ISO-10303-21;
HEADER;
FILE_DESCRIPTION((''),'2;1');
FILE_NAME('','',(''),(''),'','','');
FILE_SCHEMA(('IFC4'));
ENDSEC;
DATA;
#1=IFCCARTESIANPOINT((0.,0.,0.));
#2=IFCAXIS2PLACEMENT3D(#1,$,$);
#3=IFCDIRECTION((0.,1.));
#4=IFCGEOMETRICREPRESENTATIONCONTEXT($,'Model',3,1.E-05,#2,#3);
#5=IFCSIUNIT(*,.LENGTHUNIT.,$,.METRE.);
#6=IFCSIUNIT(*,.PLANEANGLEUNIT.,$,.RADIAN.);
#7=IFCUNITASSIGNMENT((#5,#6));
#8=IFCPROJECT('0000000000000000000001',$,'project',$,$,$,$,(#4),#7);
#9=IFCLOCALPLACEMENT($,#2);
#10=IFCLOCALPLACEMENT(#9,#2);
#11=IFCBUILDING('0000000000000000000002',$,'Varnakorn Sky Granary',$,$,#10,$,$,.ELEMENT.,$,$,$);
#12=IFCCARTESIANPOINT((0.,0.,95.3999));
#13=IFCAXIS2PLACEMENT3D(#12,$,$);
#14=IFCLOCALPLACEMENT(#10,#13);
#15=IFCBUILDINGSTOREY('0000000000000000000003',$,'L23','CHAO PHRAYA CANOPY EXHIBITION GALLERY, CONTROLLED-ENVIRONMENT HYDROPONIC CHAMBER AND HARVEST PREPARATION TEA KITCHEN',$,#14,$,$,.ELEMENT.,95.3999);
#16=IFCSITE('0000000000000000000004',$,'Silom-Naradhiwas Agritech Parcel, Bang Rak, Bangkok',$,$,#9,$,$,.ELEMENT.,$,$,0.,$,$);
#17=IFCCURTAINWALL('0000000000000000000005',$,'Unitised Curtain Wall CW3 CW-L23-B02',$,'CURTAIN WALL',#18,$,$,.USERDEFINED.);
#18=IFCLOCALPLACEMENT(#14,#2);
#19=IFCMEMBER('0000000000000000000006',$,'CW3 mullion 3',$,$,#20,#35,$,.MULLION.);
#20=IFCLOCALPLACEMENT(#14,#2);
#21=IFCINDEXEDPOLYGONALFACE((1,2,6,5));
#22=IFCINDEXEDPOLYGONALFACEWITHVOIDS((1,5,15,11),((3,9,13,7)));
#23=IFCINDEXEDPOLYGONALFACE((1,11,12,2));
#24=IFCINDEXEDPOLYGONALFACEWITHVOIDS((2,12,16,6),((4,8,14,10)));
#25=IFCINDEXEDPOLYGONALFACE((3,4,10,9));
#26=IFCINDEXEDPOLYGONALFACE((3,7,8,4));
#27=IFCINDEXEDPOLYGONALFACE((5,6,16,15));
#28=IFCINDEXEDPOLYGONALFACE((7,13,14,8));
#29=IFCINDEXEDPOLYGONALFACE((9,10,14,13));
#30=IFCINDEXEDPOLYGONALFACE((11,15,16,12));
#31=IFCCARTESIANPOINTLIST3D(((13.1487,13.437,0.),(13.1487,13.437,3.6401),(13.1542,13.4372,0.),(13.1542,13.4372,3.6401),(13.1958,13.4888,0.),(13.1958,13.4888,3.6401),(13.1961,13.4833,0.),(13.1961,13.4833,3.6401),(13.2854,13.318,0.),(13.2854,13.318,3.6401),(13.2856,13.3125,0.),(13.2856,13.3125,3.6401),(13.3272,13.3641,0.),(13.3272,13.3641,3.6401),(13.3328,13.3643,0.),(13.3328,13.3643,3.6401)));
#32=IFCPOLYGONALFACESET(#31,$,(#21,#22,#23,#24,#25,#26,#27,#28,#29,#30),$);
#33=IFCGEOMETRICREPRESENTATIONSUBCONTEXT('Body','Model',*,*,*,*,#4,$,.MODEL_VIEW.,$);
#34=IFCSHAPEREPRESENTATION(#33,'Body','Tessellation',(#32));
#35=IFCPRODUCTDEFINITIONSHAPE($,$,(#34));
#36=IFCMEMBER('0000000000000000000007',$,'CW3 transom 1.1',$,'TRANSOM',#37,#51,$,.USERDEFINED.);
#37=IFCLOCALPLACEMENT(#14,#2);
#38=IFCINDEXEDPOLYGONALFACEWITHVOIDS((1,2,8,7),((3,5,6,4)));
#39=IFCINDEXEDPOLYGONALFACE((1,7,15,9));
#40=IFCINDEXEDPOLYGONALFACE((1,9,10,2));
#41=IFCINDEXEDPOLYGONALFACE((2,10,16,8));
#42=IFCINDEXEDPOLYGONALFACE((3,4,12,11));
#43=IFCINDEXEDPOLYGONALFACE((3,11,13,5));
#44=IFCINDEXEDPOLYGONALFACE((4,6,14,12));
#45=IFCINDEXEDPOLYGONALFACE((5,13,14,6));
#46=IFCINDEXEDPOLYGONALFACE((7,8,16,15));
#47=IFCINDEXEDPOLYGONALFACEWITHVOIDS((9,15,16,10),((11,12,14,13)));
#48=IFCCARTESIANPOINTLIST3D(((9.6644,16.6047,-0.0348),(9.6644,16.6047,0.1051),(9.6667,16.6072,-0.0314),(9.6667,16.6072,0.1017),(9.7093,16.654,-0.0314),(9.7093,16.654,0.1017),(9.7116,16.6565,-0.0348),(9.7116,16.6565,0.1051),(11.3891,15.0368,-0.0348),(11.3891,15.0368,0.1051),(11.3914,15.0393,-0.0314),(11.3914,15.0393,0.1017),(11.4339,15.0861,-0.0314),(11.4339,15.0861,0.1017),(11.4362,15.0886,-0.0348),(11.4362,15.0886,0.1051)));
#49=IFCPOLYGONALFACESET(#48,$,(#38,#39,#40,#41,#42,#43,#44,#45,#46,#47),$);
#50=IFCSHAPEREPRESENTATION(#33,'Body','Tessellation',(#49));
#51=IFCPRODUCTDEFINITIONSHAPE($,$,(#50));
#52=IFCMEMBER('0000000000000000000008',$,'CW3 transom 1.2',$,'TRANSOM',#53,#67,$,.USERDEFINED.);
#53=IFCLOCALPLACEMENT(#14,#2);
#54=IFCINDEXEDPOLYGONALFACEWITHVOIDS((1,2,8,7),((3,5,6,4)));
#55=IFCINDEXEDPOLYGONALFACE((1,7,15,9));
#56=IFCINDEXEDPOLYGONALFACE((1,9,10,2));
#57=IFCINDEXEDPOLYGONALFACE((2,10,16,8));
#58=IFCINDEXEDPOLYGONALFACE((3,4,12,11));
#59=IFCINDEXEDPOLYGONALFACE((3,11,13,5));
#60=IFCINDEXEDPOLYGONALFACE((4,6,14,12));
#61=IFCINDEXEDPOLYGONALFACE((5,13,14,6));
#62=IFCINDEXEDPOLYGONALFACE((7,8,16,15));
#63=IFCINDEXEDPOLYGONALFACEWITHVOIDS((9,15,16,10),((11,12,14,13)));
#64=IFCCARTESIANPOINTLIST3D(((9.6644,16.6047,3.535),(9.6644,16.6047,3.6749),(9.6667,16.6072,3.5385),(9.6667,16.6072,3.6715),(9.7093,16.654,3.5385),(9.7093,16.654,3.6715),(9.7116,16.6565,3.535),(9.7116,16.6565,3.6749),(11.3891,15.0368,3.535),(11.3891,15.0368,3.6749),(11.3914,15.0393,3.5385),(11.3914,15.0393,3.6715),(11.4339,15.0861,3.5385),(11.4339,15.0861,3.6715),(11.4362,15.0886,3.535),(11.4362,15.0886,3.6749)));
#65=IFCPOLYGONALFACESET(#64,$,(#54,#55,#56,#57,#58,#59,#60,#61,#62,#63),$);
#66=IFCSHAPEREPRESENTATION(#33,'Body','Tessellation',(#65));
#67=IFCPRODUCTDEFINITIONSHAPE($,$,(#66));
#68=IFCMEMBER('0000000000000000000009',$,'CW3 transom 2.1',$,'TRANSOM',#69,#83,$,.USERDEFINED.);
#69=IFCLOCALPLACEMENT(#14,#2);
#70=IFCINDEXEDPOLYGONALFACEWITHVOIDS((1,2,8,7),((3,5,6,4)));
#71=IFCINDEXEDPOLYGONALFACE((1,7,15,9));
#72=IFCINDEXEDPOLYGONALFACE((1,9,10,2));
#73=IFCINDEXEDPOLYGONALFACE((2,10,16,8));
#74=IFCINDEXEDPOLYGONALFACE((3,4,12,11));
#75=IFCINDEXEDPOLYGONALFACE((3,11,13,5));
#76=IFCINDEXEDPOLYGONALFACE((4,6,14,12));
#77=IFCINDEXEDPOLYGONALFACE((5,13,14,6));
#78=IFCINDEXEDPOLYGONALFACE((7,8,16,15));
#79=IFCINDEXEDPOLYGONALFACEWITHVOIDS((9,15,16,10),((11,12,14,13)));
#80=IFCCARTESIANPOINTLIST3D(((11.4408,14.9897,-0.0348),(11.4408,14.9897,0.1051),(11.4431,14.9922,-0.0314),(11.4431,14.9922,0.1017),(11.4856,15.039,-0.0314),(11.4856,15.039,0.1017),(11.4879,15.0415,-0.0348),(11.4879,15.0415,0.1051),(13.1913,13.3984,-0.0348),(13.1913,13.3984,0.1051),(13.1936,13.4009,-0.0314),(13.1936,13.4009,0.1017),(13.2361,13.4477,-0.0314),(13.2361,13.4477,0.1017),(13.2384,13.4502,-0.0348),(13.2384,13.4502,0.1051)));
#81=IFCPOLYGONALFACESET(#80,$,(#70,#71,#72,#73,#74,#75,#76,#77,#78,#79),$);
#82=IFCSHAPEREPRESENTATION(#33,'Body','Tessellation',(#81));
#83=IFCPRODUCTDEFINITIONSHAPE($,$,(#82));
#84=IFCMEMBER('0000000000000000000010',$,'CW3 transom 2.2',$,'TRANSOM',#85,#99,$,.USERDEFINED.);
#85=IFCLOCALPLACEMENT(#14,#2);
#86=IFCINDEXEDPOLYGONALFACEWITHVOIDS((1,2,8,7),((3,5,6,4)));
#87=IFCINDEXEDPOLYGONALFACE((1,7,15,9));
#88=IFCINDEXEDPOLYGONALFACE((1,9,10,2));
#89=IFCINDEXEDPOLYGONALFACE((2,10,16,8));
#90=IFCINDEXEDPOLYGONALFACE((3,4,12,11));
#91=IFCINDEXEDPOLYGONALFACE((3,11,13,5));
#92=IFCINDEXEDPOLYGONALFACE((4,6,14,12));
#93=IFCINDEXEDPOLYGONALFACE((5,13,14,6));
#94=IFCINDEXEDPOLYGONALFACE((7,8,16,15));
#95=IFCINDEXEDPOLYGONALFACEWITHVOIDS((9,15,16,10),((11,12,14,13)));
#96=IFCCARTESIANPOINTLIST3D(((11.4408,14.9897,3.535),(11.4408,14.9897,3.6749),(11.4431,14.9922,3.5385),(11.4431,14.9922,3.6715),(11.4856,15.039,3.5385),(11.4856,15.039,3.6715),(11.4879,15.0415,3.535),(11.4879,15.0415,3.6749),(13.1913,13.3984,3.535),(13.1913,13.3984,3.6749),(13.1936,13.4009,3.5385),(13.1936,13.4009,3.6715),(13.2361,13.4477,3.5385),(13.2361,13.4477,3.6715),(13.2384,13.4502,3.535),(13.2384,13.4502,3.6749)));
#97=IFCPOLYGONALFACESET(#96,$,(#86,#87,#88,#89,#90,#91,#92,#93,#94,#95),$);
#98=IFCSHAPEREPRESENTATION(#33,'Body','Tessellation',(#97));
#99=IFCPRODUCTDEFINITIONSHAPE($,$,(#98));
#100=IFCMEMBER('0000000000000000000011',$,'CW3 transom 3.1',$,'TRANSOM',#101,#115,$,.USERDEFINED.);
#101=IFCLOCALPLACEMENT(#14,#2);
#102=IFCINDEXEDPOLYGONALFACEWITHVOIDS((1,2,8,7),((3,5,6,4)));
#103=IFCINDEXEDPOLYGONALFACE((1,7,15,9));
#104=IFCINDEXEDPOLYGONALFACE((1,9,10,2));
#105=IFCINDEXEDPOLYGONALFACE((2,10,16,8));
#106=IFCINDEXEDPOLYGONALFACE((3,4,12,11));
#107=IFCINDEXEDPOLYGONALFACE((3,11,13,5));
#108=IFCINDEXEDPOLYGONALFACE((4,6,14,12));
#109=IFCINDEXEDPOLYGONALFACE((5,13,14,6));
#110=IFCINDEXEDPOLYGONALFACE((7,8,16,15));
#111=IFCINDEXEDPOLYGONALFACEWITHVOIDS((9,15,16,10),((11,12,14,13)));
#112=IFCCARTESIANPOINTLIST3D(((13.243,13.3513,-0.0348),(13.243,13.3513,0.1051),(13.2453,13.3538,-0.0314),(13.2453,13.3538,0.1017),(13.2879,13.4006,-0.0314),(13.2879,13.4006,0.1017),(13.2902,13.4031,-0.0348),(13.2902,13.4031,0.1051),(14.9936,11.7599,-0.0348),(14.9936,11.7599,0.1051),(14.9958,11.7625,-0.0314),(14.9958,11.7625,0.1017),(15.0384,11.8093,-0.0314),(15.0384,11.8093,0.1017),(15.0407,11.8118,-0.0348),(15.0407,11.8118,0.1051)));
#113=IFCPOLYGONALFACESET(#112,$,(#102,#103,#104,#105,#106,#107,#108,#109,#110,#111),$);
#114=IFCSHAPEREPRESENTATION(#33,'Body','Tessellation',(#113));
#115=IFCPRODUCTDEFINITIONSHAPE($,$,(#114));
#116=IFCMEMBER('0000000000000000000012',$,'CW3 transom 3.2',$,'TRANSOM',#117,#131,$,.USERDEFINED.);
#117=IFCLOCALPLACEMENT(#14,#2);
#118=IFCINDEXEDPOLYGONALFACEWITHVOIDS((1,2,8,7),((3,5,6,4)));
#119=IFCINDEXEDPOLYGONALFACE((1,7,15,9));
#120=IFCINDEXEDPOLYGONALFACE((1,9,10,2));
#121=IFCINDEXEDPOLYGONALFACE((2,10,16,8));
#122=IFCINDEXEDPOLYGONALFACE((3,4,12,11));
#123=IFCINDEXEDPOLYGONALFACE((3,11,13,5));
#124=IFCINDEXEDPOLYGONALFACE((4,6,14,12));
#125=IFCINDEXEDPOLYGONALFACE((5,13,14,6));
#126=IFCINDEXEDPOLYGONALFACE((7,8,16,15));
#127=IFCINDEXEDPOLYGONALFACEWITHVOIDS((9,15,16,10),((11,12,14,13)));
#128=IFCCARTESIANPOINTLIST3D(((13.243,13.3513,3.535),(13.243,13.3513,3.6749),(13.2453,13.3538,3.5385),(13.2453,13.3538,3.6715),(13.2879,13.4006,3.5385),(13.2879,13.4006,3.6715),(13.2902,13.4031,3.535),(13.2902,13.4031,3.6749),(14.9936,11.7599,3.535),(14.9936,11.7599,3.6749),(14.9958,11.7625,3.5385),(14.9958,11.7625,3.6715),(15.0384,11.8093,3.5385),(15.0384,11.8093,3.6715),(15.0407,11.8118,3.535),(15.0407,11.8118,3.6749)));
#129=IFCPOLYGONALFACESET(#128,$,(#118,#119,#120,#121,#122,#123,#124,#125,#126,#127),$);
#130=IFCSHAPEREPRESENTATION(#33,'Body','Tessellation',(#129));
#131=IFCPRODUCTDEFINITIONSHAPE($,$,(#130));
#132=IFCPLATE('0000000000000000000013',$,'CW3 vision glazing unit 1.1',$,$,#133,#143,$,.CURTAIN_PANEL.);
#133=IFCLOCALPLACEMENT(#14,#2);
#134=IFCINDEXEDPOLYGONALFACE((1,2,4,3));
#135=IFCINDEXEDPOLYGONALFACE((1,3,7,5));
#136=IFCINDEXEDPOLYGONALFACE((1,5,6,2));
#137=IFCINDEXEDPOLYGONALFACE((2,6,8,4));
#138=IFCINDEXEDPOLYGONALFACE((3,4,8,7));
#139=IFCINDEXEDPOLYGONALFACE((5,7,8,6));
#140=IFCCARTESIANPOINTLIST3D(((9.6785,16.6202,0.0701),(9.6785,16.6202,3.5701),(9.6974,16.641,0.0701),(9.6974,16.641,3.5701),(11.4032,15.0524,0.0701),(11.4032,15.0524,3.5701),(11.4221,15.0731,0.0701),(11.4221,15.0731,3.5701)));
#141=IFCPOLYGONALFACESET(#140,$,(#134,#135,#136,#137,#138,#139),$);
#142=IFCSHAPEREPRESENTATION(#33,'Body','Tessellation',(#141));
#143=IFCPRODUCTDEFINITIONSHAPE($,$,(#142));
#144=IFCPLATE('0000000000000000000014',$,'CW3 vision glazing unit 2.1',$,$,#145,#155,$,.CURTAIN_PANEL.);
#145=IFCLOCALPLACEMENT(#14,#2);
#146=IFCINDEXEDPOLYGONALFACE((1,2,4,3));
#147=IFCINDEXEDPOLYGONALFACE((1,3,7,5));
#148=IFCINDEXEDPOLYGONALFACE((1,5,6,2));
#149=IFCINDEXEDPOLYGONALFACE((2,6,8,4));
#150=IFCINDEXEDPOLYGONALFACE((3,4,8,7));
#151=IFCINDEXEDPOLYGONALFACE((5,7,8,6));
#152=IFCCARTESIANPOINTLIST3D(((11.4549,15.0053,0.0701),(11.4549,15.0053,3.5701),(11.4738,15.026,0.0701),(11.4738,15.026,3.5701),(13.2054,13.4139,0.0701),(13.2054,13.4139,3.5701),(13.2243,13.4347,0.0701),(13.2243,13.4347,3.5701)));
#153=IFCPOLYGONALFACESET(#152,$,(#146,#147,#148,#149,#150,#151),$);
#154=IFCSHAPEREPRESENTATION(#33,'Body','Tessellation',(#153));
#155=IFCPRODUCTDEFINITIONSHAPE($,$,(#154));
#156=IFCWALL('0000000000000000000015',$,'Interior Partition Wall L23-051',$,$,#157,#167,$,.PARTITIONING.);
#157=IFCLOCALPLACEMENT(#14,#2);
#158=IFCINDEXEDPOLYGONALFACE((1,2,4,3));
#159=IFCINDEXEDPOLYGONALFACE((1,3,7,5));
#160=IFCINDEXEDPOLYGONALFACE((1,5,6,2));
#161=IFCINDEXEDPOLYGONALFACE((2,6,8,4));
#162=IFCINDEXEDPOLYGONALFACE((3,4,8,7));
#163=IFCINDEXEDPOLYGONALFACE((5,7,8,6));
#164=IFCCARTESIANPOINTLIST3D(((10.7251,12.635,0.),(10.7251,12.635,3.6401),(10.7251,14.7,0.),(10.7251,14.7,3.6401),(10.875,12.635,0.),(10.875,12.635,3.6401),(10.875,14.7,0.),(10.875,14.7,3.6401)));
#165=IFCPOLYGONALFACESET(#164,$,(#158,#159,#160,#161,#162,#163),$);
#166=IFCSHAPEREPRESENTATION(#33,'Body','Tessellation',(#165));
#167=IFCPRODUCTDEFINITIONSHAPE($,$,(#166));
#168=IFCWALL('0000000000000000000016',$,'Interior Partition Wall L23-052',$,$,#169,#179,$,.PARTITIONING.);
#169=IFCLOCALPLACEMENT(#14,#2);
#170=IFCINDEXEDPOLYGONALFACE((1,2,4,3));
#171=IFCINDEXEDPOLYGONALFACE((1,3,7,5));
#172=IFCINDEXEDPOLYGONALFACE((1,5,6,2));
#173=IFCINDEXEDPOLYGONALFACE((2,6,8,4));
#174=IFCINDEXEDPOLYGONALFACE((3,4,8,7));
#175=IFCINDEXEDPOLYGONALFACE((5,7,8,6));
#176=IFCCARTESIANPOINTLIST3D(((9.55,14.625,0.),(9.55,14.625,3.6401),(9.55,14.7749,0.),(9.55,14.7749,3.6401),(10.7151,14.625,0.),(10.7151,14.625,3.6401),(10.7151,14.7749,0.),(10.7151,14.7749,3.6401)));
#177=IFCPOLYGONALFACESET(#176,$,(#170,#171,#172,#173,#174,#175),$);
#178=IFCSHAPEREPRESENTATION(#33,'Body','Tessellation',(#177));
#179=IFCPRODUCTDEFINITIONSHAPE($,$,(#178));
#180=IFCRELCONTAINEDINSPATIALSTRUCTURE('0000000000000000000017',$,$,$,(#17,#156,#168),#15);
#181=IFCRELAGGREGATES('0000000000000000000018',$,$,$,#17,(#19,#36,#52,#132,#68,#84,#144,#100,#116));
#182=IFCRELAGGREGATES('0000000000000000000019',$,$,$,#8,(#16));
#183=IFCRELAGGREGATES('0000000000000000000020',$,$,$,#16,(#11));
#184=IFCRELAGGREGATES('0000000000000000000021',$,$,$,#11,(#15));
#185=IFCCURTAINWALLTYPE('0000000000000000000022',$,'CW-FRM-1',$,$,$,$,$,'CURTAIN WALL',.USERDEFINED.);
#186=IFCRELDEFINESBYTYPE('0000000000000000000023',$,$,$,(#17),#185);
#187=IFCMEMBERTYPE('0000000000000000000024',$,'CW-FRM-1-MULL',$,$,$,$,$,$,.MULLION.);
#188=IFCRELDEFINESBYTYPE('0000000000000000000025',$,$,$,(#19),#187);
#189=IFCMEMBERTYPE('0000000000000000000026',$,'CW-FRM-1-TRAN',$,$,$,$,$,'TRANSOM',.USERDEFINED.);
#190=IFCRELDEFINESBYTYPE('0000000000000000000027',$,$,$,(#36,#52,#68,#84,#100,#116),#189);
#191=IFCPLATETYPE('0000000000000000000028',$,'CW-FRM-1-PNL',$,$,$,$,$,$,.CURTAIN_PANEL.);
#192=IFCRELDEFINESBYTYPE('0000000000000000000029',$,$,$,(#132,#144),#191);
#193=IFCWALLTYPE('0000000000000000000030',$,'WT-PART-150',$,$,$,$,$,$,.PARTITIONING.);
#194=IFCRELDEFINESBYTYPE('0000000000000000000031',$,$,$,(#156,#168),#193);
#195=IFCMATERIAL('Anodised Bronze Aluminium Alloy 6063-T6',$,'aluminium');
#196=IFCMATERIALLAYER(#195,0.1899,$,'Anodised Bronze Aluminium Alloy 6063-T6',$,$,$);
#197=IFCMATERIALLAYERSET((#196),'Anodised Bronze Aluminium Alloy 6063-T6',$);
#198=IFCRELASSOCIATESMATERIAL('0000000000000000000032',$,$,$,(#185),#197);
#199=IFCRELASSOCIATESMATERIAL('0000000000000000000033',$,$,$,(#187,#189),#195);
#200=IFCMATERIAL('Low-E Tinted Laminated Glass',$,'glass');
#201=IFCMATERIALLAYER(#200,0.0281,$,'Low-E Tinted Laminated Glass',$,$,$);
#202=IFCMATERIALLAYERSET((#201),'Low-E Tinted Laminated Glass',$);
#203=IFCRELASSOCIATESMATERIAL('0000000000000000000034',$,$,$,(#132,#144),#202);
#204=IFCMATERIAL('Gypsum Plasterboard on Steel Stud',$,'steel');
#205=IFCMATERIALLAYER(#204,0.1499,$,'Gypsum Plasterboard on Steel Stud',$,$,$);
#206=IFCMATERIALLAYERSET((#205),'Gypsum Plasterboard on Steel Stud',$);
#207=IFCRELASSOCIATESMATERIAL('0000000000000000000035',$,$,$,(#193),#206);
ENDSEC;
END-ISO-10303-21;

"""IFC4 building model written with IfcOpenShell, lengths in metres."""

from ifc_helpers import new_model, si_unit, direction, frame, frame_2d, origin, origin_2d, place, context, subcontext, project, spatial, rectangle, hollow_rectangle, extrude, source, transform, mapped, material, layer, layer_set, material_profile, profile_set, type_object, type_shapes, element, aggregate, save


model = new_model("IFC4")

# Units and contexts
model_context = context("Model", 3, precision=1e-05, world=origin(), true_north=direction((0.0, 1.0)))
body_context = subcontext(model_context, "Body", "Model", "MODEL_VIEW")
ifc_project = project(units=[si_unit("LENGTHUNIT", "METRE"), si_unit("PLANEANGLEUNIT", "RADIAN")], contexts=[model_context])

# Site, building, storey
site_placement = place(None, origin())
site = spatial("IfcSite", under=ifc_project, at=site_placement, Name="Silom-Naradhiwas Agritech Parcel, Bang Rak, Bangkok", CompositionType="ELEMENT", RefElevation=0.0)
building_placement = place(site_placement, origin())
building = spatial("IfcBuilding", under=site, at=building_placement, Name="Varnakorn Sky Granary", CompositionType="ELEMENT")
storey_placement = place(building_placement, frame((0.0, 0.0, 95.3999)))
storey = spatial("IfcBuildingStorey", under=building, at=storey_placement, Name="L23", Description="CHAO PHRAYA CANOPY EXHIBITION GALLERY, CONTROLLED-ENVIRONMENT HYDROPONIC CHAMBER AND HARVEST PREPARATION TEA KITCHEN", CompositionType="ELEMENT", Elevation=95.3999)

# Curtain wall, members, plates
ifc_material_1 = material(Name="Anodised Bronze Aluminium Alloy 6063-T6", Category="aluminium")
ifc_layer_1 = layer(ifc_material_1, 0.1899, Name="Anodised Bronze Aluminium Alloy 6063-T6")
ifc_layer_set_1 = layer_set([ifc_layer_1], Name="Anodised Bronze Aluminium Alloy 6063-T6")
curtain_wall_type = type_object("IfcCurtainWallType", Name="CW-FRM-1", ElementType="CURTAIN WALL", PredefinedType="USERDEFINED", material=ifc_layer_set_1)
curtain_wall_placement = place(storey_placement, origin())
curtain_wall = element("IfcCurtainWall", 1, at=curtain_wall_placement, inside=storey, type_object=curtain_wall_type, Name="Unitised Curtain Wall CW3 CW-L23-B02", ObjectType="CURTAIN WALL", PredefinedType="USERDEFINED")
ifc_material_profile_1 = material_profile(ifc_material_1, hollow_rectangle(XDim=0.0701, YDim=0.1851, WallThickness=0.0039, at=origin_2d()), Name="ALU MULL 70x185")
ifc_profile_set_1 = profile_set([ifc_material_profile_1], Name="Anodised Bronze Aluminium Alloy 6063-T6")
member_type_1 = type_object("IfcMemberType", Name="CW-FRM-1-MULL", PredefinedType="MULLION", material=ifc_profile_set_1)
member_1_placement = place(storey_placement, frame((13.2407, 13.4006, 0.0), z_axis=(0.0, 0.0, 1.0), x_axis=(0.672672, 0.739941, 0.0)))
member_1 = element("IfcMember", 2, at=member_1_placement, type_object=member_type_1, Name="CW3 mullion 3", PredefinedType="MULLION", context=body_context, shape_type="SweptSolid", body=[
    extrude(hollow_rectangle(XDim=0.0701, YDim=0.1851, WallThickness=0.0039, at=origin_2d()), origin(), (0.0, 0.0, 1.0), 3.6401),
])
ifc_material_profile_2 = material_profile(ifc_material_1, hollow_rectangle(XDim=0.0701, YDim=0.1399, WallThickness=0.0034, at=origin_2d()), Name="ALU TRAN 70x140")
ifc_profile_set_2 = profile_set([ifc_material_profile_2], Name="Anodised Bronze Aluminium Alloy 6063-T6")
member_type_2 = type_object("IfcMemberType", Name="CW-FRM-1-TRAN", ElementType="TRANSOM", PredefinedType="USERDEFINED", material=ifc_profile_set_2)
member_2_placement = place(storey_placement, frame((9.688, 16.6306, 0.0352), z_axis=(0.739931, -0.672683, 0.0), x_axis=(0.672683, 0.739931, 0.0)))
member_2 = element("IfcMember", 3, at=member_2_placement, type_object=member_type_2, Name="CW3 transom 1.1", ObjectType="TRANSOM", PredefinedType="USERDEFINED", context=body_context, shape_type="SweptSolid", body=[
    extrude(hollow_rectangle(XDim=0.0701, YDim=0.1399, WallThickness=0.0034, at=origin_2d()), origin(), (0.0, 0.0, 1.0), 2.3308),
])
member_3_placement = place(storey_placement, frame((9.688, 16.6306, 3.605), z_axis=(0.739931, -0.672683, 0.0), x_axis=(0.672683, 0.739931, 0.0)))
member_3 = element("IfcMember", 4, at=member_3_placement, type_object=member_type_2, Name="CW3 transom 1.2", ObjectType="TRANSOM", PredefinedType="USERDEFINED", context=body_context, shape_type="SweptSolid", body=[
    extrude(hollow_rectangle(XDim=0.0701, YDim=0.1399, WallThickness=0.0034, at=origin_2d()), origin(), (0.0, 0.0, 1.0), 2.3308),
])
member_4_placement = place(storey_placement, frame((11.4644, 15.0156, 0.0352), z_axis=(0.739949, -0.672663, 0.0), x_axis=(0.672663, 0.739949, 0.0)))
member_4 = element("IfcMember", 5, at=member_4_placement, type_object=member_type_2, Name="CW3 transom 2.1", ObjectType="TRANSOM", PredefinedType="USERDEFINED", context=body_context, shape_type="SweptSolid", body=[
    extrude(hollow_rectangle(XDim=0.0701, YDim=0.1399, WallThickness=0.0034, at=origin_2d()), origin(), (0.0, 0.0, 1.0), 2.3657),
])
member_5_placement = place(storey_placement, frame((11.4644, 15.0156, 3.605), z_axis=(0.739949, -0.672663, 0.0), x_axis=(0.672663, 0.739949, 0.0)))
member_5 = element("IfcMember", 6, at=member_5_placement, type_object=member_type_2, Name="CW3 transom 2.2", ObjectType="TRANSOM", PredefinedType="USERDEFINED", context=body_context, shape_type="SweptSolid", body=[
    extrude(hollow_rectangle(XDim=0.0701, YDim=0.1399, WallThickness=0.0034, at=origin_2d()), origin(), (0.0, 0.0, 1.0), 2.3657),
])
member_6_placement = place(storey_placement, frame((13.2666, 13.3772, 0.0352), z_axis=(0.739949, -0.672663, 0.0), x_axis=(0.672663, 0.739949, 0.0)))
member_6 = element("IfcMember", 7, at=member_6_placement, type_object=member_type_2, Name="CW3 transom 3.1", ObjectType="TRANSOM", PredefinedType="USERDEFINED", context=body_context, shape_type="SweptSolid", body=[
    extrude(hollow_rectangle(XDim=0.0701, YDim=0.1399, WallThickness=0.0034, at=origin_2d()), origin(), (0.0, 0.0, 1.0), 2.3657),
])
member_7_placement = place(storey_placement, frame((13.2666, 13.3772, 3.605), z_axis=(0.739949, -0.672663, 0.0), x_axis=(0.672663, 0.739949, 0.0)))
member_7 = element("IfcMember", 8, at=member_7_placement, type_object=member_type_2, Name="CW3 transom 3.2", ObjectType="TRANSOM", PredefinedType="USERDEFINED", context=body_context, shape_type="SweptSolid", body=[
    extrude(hollow_rectangle(XDim=0.0701, YDim=0.1399, WallThickness=0.0034, at=origin_2d()), origin(), (0.0, 0.0, 1.0), 2.3657),
])
ifc_material_2 = material(Name="Low-E Tinted Laminated Glass", Category="glass")
ifc_layer_2 = layer(ifc_material_2, 0.0281, Name="Low-E Tinted Laminated Glass")
ifc_layer_set_2 = layer_set([ifc_layer_2], Name="Low-E Tinted Laminated Glass")
plate_type = type_object("IfcPlateType", Name="CW-FRM-1-PNL", PredefinedType="CURTAIN_PANEL")
shared_shape_1 = source(origin(), body_context, "Body", "SweptSolid", [
    extrude(rectangle(XDim=2.3308, YDim=0.0281, at=origin_2d()), origin(), (0.0, 0.0, 1.0), 3.5),
])
plate_1_placement = place(storey_placement, frame((10.5503, 15.8467, 0.0701), z_axis=(0.0, 0.0, 1.0), x_axis=(0.739941, -0.672672, 0.0)))
plate_1 = element("IfcPlate", 9, at=plate_1_placement, type_object=plate_type, material=ifc_layer_set_2, Name="CW3 vision glazing unit 1.1", PredefinedType="CURTAIN_PANEL", context=body_context, shape_type="MappedRepresentation", body=[
    mapped(shared_shape_1, transform((0.0, 0.0, 0.0), x_axis=(1.0, 0.0, 0.0), y_axis=(0.0, 1.0, 0.0), z_axis=(0.0, 0.0, 1.0), scale=1.0)),
])
shared_shape_2 = source(origin(), body_context, "Body", "SweptSolid", [
    extrude(rectangle(XDim=2.3657, YDim=0.0281, at=origin_2d()), origin(), (0.0, 0.0, 1.0), 3.5),
])
type_shapes(plate_type, [shared_shape_1, shared_shape_2])
plate_2_placement = place(storey_placement, frame((12.3396, 14.22, 0.0701), z_axis=(0.0, 0.0, 1.0), x_axis=(0.739941, -0.672672, 0.0)))
plate_2 = element("IfcPlate", 10, at=plate_2_placement, type_object=plate_type, material=ifc_layer_set_2, Name="CW3 vision glazing unit 2.1", PredefinedType="CURTAIN_PANEL", context=body_context, shape_type="MappedRepresentation", body=[
    mapped(shared_shape_2, transform((0.0, 0.0, 0.0), x_axis=(1.0, 0.0, 0.0), y_axis=(0.0, 1.0, 0.0), z_axis=(0.0, 0.0, 1.0), scale=1.0)),
])
aggregate(curtain_wall, [member_1, member_2, member_3, plate_1, member_4, member_5, plate_2, member_6, member_7])

# Walls
ifc_material_3 = material(Name="Gypsum Plasterboard on Steel Stud", Category="steel")
ifc_layer_3 = layer(ifc_material_3, 0.1499, Name="Gypsum Plasterboard on Steel Stud")
ifc_layer_set_3 = layer_set([ifc_layer_3], Name="Gypsum Plasterboard on Steel Stud")
wall_type_1 = type_object("IfcWallType", Name="WT-PART-150", PredefinedType="PARTITIONING", material=ifc_layer_set_3)
wall_1_placement = place(storey_placement, frame((10.8, 12.635, 0.0), z_axis=(0.0, 0.0, 1.0), x_axis=(0.0, 1.0, 0.0)))
element("IfcWall", 11, at=wall_1_placement, inside=storey, type_object=wall_type_1, Name="Interior Partition Wall L23-051", PredefinedType="PARTITIONING", context=body_context, shape_type="SweptSolid", body=[
    extrude(rectangle(XDim=2.0649, YDim=0.1499, at=frame_2d((1.0325, 0.0))), origin(), (0.0, 0.0, 1.0), 3.6401),
])
wall_2_placement = place(storey_placement, frame((10.7151, 14.7, 0.0), z_axis=(0.0, 0.0, 1.0), x_axis=(-1.0, 0.0, 0.0)))
element("IfcWall", 12, at=wall_2_placement, inside=storey, type_object=wall_type_1, Name="Interior Partition Wall L23-052", PredefinedType="PARTITIONING", context=body_context, shape_type="SweptSolid", body=[
    extrude(rectangle(XDim=1.165, YDim=0.1499, at=frame_2d((0.5825, 0.0))), origin(), (0.0, 0.0, 1.0), 3.6401),
])

save(model, "model.ifc")
